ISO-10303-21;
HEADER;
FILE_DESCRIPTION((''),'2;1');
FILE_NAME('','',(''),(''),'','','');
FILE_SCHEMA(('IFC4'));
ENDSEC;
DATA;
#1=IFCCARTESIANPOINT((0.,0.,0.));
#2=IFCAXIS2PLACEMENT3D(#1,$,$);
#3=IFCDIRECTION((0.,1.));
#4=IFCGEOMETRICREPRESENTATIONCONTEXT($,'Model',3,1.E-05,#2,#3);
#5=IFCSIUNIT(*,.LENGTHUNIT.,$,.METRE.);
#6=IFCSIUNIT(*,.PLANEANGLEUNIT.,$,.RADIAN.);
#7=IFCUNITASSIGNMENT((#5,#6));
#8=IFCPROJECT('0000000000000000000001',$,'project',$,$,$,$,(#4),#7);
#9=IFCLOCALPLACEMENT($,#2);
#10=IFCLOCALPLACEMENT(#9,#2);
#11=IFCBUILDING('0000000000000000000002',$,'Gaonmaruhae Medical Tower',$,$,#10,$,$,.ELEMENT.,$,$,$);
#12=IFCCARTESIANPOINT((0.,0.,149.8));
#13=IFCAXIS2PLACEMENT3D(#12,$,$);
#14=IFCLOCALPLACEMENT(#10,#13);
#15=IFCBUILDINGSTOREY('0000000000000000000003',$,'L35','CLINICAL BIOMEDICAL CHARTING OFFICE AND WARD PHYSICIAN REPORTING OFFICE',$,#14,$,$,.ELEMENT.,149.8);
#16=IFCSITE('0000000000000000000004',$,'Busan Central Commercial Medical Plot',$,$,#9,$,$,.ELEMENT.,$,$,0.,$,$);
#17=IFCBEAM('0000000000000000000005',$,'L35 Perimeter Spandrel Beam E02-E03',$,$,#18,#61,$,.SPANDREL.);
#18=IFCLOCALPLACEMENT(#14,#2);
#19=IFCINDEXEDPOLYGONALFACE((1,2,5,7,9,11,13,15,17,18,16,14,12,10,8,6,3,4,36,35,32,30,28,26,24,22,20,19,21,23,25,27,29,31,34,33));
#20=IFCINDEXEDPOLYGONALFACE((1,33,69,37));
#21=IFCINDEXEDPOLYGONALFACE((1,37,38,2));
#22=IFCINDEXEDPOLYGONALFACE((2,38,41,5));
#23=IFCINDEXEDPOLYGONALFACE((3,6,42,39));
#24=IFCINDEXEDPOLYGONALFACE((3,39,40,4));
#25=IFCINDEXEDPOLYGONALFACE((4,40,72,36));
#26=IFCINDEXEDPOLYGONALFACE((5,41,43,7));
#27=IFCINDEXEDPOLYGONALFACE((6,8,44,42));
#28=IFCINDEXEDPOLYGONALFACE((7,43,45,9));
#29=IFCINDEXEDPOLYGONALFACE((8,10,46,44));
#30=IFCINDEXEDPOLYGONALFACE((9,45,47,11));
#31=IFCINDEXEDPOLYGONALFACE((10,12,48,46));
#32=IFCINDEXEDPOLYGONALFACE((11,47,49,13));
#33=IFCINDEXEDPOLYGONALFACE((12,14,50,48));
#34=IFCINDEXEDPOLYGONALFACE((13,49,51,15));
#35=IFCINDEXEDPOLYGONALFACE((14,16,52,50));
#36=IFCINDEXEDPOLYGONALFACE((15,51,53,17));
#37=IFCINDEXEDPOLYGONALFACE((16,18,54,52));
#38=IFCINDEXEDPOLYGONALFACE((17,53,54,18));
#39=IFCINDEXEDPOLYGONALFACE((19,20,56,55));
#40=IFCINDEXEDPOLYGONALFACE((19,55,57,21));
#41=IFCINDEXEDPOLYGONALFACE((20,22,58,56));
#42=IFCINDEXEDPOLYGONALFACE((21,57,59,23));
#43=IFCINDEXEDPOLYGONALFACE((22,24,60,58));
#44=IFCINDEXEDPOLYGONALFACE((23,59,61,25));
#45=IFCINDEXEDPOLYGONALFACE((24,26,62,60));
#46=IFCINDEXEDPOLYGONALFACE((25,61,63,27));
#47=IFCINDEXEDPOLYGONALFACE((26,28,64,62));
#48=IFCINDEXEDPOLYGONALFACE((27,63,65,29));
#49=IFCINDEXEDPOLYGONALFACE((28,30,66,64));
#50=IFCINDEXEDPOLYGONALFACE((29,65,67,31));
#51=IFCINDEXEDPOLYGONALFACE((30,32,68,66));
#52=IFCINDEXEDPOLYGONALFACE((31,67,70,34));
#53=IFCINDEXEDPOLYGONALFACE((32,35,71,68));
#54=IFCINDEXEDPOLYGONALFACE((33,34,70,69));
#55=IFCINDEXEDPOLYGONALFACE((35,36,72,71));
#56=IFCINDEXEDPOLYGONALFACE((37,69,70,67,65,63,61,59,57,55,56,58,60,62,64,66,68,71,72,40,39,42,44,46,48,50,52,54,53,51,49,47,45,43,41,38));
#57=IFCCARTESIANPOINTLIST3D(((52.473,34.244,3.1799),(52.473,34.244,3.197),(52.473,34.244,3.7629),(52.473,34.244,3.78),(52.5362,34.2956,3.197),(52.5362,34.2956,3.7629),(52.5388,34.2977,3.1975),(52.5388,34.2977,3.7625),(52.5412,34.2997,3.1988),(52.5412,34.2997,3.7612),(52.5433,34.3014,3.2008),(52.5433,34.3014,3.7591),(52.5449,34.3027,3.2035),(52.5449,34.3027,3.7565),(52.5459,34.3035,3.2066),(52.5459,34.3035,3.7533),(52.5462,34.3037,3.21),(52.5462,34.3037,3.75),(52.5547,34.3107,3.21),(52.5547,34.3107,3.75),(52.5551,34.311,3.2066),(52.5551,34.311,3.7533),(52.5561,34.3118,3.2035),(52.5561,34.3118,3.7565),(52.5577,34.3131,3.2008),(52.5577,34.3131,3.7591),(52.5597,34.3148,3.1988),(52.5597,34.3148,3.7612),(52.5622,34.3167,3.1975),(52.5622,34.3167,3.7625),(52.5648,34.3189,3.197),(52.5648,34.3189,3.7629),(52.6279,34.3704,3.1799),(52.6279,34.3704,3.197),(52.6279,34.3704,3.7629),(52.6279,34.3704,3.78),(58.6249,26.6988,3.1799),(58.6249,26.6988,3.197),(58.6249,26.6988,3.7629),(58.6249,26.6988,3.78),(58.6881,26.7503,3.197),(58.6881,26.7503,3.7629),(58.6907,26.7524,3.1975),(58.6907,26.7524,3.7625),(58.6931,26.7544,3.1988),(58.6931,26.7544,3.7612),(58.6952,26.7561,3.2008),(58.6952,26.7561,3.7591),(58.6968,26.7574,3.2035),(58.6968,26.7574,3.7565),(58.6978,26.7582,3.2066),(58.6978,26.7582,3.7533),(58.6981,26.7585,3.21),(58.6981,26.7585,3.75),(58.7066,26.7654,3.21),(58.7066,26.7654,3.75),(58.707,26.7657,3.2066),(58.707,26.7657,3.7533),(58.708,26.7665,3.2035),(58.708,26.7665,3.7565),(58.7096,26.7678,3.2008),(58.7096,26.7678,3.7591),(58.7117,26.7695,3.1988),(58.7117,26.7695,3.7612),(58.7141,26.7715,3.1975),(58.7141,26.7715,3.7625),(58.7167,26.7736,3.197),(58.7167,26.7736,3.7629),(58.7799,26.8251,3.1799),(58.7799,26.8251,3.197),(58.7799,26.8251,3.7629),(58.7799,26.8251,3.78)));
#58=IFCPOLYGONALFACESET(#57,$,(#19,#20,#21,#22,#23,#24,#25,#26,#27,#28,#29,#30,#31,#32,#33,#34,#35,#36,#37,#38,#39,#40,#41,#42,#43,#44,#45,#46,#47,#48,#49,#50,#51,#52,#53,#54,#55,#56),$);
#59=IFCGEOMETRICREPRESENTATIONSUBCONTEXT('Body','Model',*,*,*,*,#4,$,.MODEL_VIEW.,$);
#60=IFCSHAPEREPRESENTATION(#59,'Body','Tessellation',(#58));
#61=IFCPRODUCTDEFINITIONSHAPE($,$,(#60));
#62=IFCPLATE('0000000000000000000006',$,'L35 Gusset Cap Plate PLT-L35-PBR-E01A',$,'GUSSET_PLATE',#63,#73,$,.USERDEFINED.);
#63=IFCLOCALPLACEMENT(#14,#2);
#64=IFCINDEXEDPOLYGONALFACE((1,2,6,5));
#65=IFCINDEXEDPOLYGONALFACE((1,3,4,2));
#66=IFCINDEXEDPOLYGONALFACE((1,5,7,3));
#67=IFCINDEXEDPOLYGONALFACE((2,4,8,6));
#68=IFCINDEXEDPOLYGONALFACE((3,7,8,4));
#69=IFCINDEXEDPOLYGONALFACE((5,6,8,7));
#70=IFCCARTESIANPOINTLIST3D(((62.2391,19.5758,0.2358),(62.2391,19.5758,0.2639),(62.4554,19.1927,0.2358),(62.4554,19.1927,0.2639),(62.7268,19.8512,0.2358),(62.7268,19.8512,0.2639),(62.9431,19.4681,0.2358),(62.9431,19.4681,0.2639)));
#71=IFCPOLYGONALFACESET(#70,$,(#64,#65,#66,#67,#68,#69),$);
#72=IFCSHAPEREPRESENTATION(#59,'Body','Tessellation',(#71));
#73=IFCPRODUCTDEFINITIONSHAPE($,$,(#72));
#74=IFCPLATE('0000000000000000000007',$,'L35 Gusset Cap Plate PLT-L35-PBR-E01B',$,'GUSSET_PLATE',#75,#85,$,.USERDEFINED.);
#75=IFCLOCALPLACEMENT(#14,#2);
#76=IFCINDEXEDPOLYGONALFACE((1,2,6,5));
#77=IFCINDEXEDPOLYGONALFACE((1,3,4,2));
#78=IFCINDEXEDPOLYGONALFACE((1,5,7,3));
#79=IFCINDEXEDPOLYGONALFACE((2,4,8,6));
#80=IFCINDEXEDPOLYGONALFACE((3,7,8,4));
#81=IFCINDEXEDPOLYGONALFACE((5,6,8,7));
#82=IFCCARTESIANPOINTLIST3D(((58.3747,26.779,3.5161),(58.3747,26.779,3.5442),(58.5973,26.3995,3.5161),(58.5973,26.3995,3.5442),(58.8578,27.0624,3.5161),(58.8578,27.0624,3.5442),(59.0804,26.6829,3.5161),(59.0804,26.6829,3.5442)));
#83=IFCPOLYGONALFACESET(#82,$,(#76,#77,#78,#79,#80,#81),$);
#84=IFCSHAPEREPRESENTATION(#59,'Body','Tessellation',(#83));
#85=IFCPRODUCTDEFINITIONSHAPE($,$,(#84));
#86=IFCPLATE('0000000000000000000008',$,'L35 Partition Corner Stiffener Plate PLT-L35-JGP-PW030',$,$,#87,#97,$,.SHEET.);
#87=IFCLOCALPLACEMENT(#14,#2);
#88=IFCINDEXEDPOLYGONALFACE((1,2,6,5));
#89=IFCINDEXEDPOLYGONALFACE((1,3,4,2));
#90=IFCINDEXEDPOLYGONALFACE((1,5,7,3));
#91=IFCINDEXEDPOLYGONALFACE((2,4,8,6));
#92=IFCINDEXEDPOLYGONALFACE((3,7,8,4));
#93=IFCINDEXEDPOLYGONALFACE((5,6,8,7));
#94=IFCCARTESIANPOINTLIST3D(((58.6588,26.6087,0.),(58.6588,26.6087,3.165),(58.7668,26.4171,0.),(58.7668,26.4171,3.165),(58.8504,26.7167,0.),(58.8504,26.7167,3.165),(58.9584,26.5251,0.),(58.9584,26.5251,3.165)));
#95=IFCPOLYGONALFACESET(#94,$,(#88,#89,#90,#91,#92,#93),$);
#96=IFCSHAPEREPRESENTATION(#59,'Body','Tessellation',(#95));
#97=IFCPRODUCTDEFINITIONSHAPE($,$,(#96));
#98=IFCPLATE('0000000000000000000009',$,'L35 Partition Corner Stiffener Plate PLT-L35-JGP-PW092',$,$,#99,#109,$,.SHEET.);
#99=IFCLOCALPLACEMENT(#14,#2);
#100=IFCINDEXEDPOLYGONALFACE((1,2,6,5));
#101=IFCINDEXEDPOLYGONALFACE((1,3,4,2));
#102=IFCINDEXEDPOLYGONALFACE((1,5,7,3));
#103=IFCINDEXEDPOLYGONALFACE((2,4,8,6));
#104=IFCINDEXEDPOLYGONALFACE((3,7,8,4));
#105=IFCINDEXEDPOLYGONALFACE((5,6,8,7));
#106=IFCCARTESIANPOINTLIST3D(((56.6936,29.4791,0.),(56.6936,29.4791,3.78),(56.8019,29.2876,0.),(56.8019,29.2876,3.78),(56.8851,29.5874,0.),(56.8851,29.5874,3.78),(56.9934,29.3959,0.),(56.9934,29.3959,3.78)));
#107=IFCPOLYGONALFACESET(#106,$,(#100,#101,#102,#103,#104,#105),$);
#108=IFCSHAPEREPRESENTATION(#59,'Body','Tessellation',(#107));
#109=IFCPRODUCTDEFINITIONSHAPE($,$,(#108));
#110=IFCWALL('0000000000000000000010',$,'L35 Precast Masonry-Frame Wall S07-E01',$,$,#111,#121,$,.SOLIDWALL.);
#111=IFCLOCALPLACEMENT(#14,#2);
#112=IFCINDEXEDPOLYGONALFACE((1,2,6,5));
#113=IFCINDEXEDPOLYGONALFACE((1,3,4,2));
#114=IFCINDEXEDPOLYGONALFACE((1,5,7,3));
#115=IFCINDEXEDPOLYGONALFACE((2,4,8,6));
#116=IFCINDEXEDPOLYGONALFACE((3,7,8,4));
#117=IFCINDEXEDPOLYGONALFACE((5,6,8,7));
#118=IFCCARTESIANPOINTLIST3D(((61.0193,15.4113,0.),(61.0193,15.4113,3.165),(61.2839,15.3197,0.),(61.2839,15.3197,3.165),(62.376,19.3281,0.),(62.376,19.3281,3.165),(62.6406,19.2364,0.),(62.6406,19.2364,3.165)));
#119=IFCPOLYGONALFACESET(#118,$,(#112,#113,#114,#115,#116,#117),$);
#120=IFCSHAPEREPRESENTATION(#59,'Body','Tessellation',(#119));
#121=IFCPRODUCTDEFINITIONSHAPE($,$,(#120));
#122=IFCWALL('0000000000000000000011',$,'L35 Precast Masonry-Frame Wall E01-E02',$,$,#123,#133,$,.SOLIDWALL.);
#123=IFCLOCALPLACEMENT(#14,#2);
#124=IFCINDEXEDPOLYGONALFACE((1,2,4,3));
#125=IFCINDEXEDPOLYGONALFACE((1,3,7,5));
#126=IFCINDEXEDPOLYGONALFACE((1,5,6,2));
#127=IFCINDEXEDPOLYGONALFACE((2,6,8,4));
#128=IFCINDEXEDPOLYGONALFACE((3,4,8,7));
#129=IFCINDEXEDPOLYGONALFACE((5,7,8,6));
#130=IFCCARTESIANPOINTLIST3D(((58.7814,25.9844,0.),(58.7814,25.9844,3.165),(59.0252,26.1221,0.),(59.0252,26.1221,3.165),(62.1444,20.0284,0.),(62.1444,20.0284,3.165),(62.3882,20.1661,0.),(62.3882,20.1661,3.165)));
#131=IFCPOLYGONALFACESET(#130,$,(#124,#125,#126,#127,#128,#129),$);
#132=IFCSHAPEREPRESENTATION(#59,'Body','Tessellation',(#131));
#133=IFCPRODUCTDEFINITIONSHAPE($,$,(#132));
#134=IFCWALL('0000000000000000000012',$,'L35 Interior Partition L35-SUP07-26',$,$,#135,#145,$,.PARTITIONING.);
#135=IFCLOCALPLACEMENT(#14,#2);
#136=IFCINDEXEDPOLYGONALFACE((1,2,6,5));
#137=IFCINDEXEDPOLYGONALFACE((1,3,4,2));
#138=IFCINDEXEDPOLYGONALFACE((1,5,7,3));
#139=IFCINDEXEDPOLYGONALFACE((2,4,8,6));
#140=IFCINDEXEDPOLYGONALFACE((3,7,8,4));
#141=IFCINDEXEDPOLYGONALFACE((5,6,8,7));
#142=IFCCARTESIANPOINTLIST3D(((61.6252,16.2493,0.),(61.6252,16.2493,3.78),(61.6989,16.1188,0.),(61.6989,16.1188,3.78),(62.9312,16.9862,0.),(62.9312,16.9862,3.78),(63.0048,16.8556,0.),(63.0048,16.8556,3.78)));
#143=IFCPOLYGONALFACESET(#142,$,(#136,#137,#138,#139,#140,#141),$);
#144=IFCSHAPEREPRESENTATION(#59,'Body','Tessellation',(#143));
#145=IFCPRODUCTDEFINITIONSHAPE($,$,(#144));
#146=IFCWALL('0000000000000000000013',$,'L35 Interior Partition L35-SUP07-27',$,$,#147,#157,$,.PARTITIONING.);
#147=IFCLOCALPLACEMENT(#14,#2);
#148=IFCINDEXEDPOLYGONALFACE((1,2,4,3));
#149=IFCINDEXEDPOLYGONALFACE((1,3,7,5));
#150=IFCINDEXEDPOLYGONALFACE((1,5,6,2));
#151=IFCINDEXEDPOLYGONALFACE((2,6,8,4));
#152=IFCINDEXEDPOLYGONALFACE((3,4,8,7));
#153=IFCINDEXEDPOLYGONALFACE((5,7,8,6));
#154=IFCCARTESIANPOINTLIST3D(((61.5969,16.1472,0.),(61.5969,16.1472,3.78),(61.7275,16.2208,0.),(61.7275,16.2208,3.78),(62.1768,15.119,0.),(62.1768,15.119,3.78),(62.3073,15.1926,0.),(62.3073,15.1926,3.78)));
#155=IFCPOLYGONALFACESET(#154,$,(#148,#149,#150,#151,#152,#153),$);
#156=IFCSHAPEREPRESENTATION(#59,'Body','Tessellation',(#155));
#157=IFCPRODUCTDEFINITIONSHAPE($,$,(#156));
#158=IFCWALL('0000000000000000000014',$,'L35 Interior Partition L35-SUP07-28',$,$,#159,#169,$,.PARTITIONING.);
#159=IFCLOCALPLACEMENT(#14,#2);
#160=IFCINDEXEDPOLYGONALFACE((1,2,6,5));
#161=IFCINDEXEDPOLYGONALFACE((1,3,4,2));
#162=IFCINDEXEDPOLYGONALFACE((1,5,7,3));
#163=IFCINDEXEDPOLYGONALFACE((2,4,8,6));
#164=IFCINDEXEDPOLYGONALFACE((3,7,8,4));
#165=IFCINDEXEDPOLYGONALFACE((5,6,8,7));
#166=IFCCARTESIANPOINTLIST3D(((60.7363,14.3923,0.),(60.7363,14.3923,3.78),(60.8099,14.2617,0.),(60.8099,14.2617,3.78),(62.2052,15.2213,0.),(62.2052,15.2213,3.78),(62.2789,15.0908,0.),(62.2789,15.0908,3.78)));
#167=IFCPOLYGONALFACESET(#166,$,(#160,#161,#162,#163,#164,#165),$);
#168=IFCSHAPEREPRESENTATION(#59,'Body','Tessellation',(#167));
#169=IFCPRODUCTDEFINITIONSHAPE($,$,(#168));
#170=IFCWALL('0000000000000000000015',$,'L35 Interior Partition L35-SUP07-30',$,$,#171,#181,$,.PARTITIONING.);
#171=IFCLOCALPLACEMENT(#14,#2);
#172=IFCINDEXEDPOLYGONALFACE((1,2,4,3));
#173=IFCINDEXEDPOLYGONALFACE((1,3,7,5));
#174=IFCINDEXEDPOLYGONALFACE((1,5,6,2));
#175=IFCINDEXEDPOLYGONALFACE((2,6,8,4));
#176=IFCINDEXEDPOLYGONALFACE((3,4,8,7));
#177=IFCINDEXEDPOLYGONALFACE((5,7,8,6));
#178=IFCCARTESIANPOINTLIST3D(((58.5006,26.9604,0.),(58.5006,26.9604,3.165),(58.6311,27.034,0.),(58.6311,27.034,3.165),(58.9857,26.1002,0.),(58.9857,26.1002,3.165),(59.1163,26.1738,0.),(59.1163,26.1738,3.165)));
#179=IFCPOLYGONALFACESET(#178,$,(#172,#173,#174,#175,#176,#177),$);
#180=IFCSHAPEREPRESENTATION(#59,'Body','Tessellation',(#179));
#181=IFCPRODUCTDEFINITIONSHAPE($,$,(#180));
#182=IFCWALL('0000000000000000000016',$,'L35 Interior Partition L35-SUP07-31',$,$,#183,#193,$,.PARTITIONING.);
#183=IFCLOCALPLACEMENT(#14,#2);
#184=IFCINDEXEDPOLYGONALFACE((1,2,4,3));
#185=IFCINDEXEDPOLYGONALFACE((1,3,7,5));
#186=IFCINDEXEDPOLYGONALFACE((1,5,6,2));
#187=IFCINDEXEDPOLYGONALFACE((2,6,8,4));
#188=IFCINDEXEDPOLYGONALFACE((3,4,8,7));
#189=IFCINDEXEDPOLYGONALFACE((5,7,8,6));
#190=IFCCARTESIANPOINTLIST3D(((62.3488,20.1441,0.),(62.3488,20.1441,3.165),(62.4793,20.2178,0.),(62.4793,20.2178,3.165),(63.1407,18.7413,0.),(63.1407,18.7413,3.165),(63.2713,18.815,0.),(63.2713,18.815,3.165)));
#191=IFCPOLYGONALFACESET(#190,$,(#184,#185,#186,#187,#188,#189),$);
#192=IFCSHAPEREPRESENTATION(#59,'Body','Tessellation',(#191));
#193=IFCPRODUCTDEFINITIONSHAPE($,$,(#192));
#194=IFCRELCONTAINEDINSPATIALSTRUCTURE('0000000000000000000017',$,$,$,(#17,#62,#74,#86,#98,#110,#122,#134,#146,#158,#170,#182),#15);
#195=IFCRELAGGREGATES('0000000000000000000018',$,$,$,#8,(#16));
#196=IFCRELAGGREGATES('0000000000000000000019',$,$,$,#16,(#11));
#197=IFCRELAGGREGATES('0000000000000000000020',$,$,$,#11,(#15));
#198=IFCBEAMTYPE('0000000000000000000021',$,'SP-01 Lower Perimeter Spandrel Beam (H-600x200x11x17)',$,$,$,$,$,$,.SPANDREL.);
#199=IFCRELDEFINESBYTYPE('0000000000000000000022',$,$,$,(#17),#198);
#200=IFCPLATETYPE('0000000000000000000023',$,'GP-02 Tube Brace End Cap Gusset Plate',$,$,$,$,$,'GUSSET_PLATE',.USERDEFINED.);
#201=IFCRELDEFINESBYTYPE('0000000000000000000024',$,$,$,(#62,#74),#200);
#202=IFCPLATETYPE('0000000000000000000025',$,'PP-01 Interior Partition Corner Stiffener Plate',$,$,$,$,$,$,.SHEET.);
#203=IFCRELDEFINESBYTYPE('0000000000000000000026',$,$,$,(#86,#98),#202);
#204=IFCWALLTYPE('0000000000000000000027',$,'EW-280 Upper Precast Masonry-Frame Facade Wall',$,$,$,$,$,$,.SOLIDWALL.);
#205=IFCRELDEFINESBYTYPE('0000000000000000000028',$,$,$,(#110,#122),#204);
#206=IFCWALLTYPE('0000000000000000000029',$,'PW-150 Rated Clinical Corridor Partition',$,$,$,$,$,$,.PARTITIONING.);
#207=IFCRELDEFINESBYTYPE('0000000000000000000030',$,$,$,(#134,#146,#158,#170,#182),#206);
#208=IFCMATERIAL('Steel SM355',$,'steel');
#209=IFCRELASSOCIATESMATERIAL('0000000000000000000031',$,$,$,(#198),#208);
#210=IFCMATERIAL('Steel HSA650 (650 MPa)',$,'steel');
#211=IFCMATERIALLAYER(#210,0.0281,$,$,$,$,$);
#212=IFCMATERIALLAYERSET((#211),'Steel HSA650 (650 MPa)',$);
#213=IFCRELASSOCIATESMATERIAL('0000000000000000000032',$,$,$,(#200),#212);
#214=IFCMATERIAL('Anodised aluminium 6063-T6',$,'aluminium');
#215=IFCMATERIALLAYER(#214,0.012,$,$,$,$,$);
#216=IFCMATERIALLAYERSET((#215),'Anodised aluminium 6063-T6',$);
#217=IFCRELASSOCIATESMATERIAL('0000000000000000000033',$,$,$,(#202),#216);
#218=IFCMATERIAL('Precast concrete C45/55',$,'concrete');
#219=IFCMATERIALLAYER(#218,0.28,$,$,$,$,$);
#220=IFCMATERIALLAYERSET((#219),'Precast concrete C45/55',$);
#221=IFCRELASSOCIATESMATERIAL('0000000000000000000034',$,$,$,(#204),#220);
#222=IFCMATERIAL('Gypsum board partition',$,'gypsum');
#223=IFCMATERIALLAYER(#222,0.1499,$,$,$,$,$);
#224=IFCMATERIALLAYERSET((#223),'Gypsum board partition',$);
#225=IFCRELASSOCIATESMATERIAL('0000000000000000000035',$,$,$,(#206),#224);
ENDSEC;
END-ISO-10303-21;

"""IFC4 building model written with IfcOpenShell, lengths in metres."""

from ifc_helpers import new_model, si_unit, direction, frame, frame_2d, origin, origin_2d, place, context, subcontext, project, spatial, rectangle, i_section, extrude, material, layer, layer_set, material_profile, profile_set, type_object, element, save


model = new_model("IFC4")

# Units and contexts
model_context = context("Model", 3, precision=1e-05, world=origin(), true_north=direction((0.0, 1.0)))
body_context = subcontext(model_context, "Body", "Model", "MODEL_VIEW")
ifc_project = project(units=[si_unit("LENGTHUNIT", "METRE"), si_unit("PLANEANGLEUNIT", "RADIAN")], contexts=[model_context])

# Site, building, storey
site_placement = place(None, origin())
site = spatial("IfcSite", under=ifc_project, at=site_placement, Name="Busan Central Commercial Medical Plot", CompositionType="ELEMENT", RefElevation=0.0)
building_placement = place(site_placement, origin())
building = spatial("IfcBuilding", under=site, at=building_placement, Name="Gaonmaruhae Medical Tower", CompositionType="ELEMENT")
storey_placement = place(building_placement, frame((0.0, 0.0, 149.8)))
storey = spatial("IfcBuildingStorey", under=building, at=storey_placement, Name="L35", Description="CLINICAL BIOMEDICAL CHARTING OFFICE AND WARD PHYSICIAN REPORTING OFFICE", CompositionType="ELEMENT", Elevation=149.8)

# Beam
ifc_material_1 = material(Name="Steel SM355", Category="steel")
ifc_material_profile_1 = material_profile(ifc_material_1, i_section(OverallWidth=0.2, OverallDepth=0.6001, WebThickness=0.011, FlangeThickness=0.0171, FilletRadius=0.0129, at=origin_2d()), Name="H-600x200x11x17")
ifc_profile_set_1 = profile_set([ifc_material_profile_1], Name="Steel SM355")
beam_type = type_object("IfcBeamType", Name="SP-01 Lower Perimeter Spandrel Beam (H-600x200x11x17)", PredefinedType="SPANDREL", material=ifc_profile_set_1)
beam_1_placement = place(storey_placement, frame((58.7024, 26.762, 3.48), z_axis=(-0.631916, 0.775037, 0.0), x_axis=(-0.775037, -0.631916, 0.0)))
element("IfcBeam", 1, at=beam_1_placement, inside=storey, type_object=beam_type, Name="L35 Perimeter Spandrel Beam E02-E03", PredefinedType="SPANDREL", context=body_context, shape_type="SweptSolid", body=[
    extrude(i_section(OverallWidth=0.2, OverallDepth=0.6001, WebThickness=0.011, FlangeThickness=0.0171, FilletRadius=0.0129, at=origin_2d()), origin(), (0.0, 0.0, 1.0), 9.7354),
])

# Plates
ifc_material_2 = material(Name="Steel HSA650 (650 MPa)", Category="steel")
ifc_layer_1 = layer(ifc_material_2, 0.0281)
ifc_layer_set_1 = layer_set([ifc_layer_1], Name="Steel HSA650 (650 MPa)")
plate_type_1 = type_object("IfcPlateType", Name="GP-02 Tube Brace End Cap Gusset Plate", ElementType="GUSSET_PLATE", PredefinedType="USERDEFINED", material=ifc_layer_set_1)
for number, where, z_axis, x_axis, name in (
    (2, (62.5911, 19.522, 0.2358), (0.0, 0.0, 1.0), (0.870785, 0.491664, 0.0), "L35 Gusset Cap Plate PLT-L35-PBR-E01A"),
    (3, (58.7275, 26.731, 3.5161), (0.0, 0.0, 1.0), (0.862514, 0.506034, 0.0), "L35 Gusset Cap Plate PLT-L35-PBR-E01B"),
):
    element("IfcPlate", number, at=place(storey_placement, frame(where, z_axis=z_axis, x_axis=x_axis)), inside=storey, type_object=plate_type_1, Name=name, ObjectType="GUSSET_PLATE", PredefinedType="USERDEFINED", context=body_context, shape_type="SweptSolid", body=[
        extrude(rectangle(XDim=0.5601, YDim=0.4399, at=origin_2d()), origin(), (0.0, 0.0, 1.0), 0.0281),
    ])
ifc_material_3 = material(Name="Anodised aluminium 6063-T6", Category="aluminium")
ifc_layer_2 = layer(ifc_material_3, 0.012)
ifc_layer_set_2 = layer_set([ifc_layer_2], Name="Anodised aluminium 6063-T6")
plate_type_2 = type_object("IfcPlateType", Name="PP-01 Interior Partition Corner Stiffener Plate", PredefinedType="SHEET", material=ifc_layer_set_2)
plate_1_placement = place(storey_placement, frame((58.8086, 26.5669, 0.0), z_axis=(0.0, 0.0, 1.0), x_axis=(0.491223, -0.871034, 0.0)))
element("IfcPlate", 4, at=plate_1_placement, inside=storey, type_object=plate_type_2, Name="L35 Partition Corner Stiffener Plate PLT-L35-JGP-PW030", PredefinedType="SHEET", context=body_context, shape_type="SweptSolid", body=[
    extrude(rectangle(XDim=0.22, YDim=0.22, at=origin_2d()), origin(), (0.0, 0.0, 1.0), 3.165),
])
plate_2_placement = place(storey_placement, frame((56.8435, 29.4375, 0.0), z_axis=(0.0, 0.0, 1.0), x_axis=(-0.87045, -0.492256, 0.0)))
element("IfcPlate", 5, at=plate_2_placement, inside=storey, type_object=plate_type_2, Name="L35 Partition Corner Stiffener Plate PLT-L35-JGP-PW092", PredefinedType="SHEET", context=body_context, shape_type="SweptSolid", body=[
    extrude(rectangle(XDim=0.22, YDim=0.22, at=origin_2d()), origin(), (0.0, 0.0, 1.0), 3.78),
])

# Walls
ifc_material_4 = material(Name="Precast concrete C45/55", Category="concrete")
ifc_layer_3 = layer(ifc_material_4, 0.28)
ifc_layer_set_3 = layer_set([ifc_layer_3], Name="Precast concrete C45/55")
wall_type_1 = type_object("IfcWallType", Name="EW-280 Upper Precast Masonry-Frame Facade Wall", PredefinedType="SOLIDWALL", material=ifc_layer_set_3)
wall_1_placement = place(storey_placement, frame((62.5083, 19.2822, 0.0), z_axis=(0.0, 0.0, 1.0), x_axis=(-0.327303, -0.94492, 0.0)))
element("IfcWall", 6, at=wall_1_placement, inside=storey, type_object=wall_type_1, Name="L35 Precast Masonry-Frame Wall S07-E01", PredefinedType="SOLIDWALL", context=body_context, shape_type="SweptSolid", body=[
    extrude(rectangle(XDim=4.145, YDim=0.28, at=frame_2d((2.0725, 0.0))), origin(), (0.0, 0.0, 1.0), 3.165),
])
wall_2_placement = place(storey_placement, frame((58.9033, 26.0532, 0.0), z_axis=(0.0, 0.0, 1.0), x_axis=(0.491677, -0.870777, 0.0)))
element("IfcWall", 7, at=wall_2_placement, inside=storey, type_object=wall_type_1, Name="L35 Precast Masonry-Frame Wall E01-E02", PredefinedType="SOLIDWALL", context=body_context, shape_type="SweptSolid", body=[
    extrude(rectangle(XDim=6.8398, YDim=0.28, at=frame_2d((3.4199, 0.0))), origin(), (0.0, 0.0, 1.0), 3.165),
])
ifc_material_5 = material(Name="Gypsum board partition", Category="gypsum")
ifc_layer_4 = layer(ifc_material_5, 0.1499)
ifc_layer_set_4 = layer_set([ifc_layer_4], Name="Gypsum board partition")
wall_type_2 = type_object("IfcWallType", Name="PW-150 Rated Clinical Corridor Partition", PredefinedType="PARTITIONING", material=ifc_layer_set_4)
wall_3_placement = place(storey_placement, frame((62.968, 16.9209, 0.0), z_axis=(0.0, 0.0, 1.0), x_axis=(-0.870936, -0.491397, 0.0)))
element("IfcWall", 8, at=wall_3_placement, inside=storey, type_object=wall_type_2, Name="L35 Interior Partition L35-SUP07-26", PredefinedType="PARTITIONING", context=body_context, shape_type="SweptSolid", body=[
    extrude(rectangle(XDim=1.4995, YDim=0.1499, at=frame_2d((0.7498, 0.0))), origin(), (0.0, 0.0, 1.0), 3.78),
])
wall_4_placement = place(storey_placement, frame((61.6621, 16.1841, 0.0), z_axis=(0.0, 0.0, 1.0), x_axis=(0.491253, -0.871017, 0.0)))
element("IfcWall", 9, at=wall_4_placement, inside=storey, type_object=wall_type_2, Name="L35 Interior Partition L35-SUP07-27", PredefinedType="PARTITIONING", context=body_context, shape_type="SweptSolid", body=[
    extrude(rectangle(XDim=1.1804, YDim=0.1499, at=frame_2d((0.5903, 0.0))), origin(), (0.0, 0.0, 1.0), 3.78),
])
wall_5_placement = place(storey_placement, frame((62.2419, 15.156, 0.0), z_axis=(0.0, 0.0, 1.0), x_axis=(-0.870867, -0.491518, 0.0)))
element("IfcWall", 10, at=wall_5_placement, inside=storey, type_object=wall_type_2, Name="L35 Interior Partition L35-SUP07-28", PredefinedType="PARTITIONING", context=body_context, shape_type="SweptSolid", body=[
    extrude(rectangle(XDim=1.6868, YDim=0.1499, at=frame_2d((0.8433, 0.0))), origin(), (0.0, 0.0, 1.0), 3.78),
])
wall_6_placement = place(storey_placement, frame((58.5659, 26.9971, 0.0), z_axis=(0.0, 0.0, 1.0), x_axis=(0.491259, -0.871014, 0.0)))
element("IfcWall", 11, at=wall_6_placement, inside=storey, type_object=wall_type_2, Name="L35 Interior Partition L35-SUP07-30", PredefinedType="PARTITIONING", context=body_context, shape_type="SweptSolid", body=[
    extrude(rectangle(XDim=0.9875, YDim=0.1499, at=frame_2d((0.4937, 0.0))), origin(), (0.0, 0.0, 1.0), 3.165),
])
wall_7_placement = place(storey_placement, frame((62.4141, 20.1809, 0.0), z_axis=(0.0, 0.0, 1.0), x_axis=(0.491628, -0.870805, 0.0)))
element("IfcWall", 12, at=wall_7_placement, inside=storey, type_object=wall_type_2, Name="L35 Interior Partition L35-SUP07-31", PredefinedType="PARTITIONING", context=body_context, shape_type="SweptSolid", body=[
    extrude(rectangle(XDim=1.6108, YDim=0.1499, at=frame_2d((0.8054, 0.0))), origin(), (0.0, 0.0, 1.0), 3.165),
])

save(model, "model.ifc")
